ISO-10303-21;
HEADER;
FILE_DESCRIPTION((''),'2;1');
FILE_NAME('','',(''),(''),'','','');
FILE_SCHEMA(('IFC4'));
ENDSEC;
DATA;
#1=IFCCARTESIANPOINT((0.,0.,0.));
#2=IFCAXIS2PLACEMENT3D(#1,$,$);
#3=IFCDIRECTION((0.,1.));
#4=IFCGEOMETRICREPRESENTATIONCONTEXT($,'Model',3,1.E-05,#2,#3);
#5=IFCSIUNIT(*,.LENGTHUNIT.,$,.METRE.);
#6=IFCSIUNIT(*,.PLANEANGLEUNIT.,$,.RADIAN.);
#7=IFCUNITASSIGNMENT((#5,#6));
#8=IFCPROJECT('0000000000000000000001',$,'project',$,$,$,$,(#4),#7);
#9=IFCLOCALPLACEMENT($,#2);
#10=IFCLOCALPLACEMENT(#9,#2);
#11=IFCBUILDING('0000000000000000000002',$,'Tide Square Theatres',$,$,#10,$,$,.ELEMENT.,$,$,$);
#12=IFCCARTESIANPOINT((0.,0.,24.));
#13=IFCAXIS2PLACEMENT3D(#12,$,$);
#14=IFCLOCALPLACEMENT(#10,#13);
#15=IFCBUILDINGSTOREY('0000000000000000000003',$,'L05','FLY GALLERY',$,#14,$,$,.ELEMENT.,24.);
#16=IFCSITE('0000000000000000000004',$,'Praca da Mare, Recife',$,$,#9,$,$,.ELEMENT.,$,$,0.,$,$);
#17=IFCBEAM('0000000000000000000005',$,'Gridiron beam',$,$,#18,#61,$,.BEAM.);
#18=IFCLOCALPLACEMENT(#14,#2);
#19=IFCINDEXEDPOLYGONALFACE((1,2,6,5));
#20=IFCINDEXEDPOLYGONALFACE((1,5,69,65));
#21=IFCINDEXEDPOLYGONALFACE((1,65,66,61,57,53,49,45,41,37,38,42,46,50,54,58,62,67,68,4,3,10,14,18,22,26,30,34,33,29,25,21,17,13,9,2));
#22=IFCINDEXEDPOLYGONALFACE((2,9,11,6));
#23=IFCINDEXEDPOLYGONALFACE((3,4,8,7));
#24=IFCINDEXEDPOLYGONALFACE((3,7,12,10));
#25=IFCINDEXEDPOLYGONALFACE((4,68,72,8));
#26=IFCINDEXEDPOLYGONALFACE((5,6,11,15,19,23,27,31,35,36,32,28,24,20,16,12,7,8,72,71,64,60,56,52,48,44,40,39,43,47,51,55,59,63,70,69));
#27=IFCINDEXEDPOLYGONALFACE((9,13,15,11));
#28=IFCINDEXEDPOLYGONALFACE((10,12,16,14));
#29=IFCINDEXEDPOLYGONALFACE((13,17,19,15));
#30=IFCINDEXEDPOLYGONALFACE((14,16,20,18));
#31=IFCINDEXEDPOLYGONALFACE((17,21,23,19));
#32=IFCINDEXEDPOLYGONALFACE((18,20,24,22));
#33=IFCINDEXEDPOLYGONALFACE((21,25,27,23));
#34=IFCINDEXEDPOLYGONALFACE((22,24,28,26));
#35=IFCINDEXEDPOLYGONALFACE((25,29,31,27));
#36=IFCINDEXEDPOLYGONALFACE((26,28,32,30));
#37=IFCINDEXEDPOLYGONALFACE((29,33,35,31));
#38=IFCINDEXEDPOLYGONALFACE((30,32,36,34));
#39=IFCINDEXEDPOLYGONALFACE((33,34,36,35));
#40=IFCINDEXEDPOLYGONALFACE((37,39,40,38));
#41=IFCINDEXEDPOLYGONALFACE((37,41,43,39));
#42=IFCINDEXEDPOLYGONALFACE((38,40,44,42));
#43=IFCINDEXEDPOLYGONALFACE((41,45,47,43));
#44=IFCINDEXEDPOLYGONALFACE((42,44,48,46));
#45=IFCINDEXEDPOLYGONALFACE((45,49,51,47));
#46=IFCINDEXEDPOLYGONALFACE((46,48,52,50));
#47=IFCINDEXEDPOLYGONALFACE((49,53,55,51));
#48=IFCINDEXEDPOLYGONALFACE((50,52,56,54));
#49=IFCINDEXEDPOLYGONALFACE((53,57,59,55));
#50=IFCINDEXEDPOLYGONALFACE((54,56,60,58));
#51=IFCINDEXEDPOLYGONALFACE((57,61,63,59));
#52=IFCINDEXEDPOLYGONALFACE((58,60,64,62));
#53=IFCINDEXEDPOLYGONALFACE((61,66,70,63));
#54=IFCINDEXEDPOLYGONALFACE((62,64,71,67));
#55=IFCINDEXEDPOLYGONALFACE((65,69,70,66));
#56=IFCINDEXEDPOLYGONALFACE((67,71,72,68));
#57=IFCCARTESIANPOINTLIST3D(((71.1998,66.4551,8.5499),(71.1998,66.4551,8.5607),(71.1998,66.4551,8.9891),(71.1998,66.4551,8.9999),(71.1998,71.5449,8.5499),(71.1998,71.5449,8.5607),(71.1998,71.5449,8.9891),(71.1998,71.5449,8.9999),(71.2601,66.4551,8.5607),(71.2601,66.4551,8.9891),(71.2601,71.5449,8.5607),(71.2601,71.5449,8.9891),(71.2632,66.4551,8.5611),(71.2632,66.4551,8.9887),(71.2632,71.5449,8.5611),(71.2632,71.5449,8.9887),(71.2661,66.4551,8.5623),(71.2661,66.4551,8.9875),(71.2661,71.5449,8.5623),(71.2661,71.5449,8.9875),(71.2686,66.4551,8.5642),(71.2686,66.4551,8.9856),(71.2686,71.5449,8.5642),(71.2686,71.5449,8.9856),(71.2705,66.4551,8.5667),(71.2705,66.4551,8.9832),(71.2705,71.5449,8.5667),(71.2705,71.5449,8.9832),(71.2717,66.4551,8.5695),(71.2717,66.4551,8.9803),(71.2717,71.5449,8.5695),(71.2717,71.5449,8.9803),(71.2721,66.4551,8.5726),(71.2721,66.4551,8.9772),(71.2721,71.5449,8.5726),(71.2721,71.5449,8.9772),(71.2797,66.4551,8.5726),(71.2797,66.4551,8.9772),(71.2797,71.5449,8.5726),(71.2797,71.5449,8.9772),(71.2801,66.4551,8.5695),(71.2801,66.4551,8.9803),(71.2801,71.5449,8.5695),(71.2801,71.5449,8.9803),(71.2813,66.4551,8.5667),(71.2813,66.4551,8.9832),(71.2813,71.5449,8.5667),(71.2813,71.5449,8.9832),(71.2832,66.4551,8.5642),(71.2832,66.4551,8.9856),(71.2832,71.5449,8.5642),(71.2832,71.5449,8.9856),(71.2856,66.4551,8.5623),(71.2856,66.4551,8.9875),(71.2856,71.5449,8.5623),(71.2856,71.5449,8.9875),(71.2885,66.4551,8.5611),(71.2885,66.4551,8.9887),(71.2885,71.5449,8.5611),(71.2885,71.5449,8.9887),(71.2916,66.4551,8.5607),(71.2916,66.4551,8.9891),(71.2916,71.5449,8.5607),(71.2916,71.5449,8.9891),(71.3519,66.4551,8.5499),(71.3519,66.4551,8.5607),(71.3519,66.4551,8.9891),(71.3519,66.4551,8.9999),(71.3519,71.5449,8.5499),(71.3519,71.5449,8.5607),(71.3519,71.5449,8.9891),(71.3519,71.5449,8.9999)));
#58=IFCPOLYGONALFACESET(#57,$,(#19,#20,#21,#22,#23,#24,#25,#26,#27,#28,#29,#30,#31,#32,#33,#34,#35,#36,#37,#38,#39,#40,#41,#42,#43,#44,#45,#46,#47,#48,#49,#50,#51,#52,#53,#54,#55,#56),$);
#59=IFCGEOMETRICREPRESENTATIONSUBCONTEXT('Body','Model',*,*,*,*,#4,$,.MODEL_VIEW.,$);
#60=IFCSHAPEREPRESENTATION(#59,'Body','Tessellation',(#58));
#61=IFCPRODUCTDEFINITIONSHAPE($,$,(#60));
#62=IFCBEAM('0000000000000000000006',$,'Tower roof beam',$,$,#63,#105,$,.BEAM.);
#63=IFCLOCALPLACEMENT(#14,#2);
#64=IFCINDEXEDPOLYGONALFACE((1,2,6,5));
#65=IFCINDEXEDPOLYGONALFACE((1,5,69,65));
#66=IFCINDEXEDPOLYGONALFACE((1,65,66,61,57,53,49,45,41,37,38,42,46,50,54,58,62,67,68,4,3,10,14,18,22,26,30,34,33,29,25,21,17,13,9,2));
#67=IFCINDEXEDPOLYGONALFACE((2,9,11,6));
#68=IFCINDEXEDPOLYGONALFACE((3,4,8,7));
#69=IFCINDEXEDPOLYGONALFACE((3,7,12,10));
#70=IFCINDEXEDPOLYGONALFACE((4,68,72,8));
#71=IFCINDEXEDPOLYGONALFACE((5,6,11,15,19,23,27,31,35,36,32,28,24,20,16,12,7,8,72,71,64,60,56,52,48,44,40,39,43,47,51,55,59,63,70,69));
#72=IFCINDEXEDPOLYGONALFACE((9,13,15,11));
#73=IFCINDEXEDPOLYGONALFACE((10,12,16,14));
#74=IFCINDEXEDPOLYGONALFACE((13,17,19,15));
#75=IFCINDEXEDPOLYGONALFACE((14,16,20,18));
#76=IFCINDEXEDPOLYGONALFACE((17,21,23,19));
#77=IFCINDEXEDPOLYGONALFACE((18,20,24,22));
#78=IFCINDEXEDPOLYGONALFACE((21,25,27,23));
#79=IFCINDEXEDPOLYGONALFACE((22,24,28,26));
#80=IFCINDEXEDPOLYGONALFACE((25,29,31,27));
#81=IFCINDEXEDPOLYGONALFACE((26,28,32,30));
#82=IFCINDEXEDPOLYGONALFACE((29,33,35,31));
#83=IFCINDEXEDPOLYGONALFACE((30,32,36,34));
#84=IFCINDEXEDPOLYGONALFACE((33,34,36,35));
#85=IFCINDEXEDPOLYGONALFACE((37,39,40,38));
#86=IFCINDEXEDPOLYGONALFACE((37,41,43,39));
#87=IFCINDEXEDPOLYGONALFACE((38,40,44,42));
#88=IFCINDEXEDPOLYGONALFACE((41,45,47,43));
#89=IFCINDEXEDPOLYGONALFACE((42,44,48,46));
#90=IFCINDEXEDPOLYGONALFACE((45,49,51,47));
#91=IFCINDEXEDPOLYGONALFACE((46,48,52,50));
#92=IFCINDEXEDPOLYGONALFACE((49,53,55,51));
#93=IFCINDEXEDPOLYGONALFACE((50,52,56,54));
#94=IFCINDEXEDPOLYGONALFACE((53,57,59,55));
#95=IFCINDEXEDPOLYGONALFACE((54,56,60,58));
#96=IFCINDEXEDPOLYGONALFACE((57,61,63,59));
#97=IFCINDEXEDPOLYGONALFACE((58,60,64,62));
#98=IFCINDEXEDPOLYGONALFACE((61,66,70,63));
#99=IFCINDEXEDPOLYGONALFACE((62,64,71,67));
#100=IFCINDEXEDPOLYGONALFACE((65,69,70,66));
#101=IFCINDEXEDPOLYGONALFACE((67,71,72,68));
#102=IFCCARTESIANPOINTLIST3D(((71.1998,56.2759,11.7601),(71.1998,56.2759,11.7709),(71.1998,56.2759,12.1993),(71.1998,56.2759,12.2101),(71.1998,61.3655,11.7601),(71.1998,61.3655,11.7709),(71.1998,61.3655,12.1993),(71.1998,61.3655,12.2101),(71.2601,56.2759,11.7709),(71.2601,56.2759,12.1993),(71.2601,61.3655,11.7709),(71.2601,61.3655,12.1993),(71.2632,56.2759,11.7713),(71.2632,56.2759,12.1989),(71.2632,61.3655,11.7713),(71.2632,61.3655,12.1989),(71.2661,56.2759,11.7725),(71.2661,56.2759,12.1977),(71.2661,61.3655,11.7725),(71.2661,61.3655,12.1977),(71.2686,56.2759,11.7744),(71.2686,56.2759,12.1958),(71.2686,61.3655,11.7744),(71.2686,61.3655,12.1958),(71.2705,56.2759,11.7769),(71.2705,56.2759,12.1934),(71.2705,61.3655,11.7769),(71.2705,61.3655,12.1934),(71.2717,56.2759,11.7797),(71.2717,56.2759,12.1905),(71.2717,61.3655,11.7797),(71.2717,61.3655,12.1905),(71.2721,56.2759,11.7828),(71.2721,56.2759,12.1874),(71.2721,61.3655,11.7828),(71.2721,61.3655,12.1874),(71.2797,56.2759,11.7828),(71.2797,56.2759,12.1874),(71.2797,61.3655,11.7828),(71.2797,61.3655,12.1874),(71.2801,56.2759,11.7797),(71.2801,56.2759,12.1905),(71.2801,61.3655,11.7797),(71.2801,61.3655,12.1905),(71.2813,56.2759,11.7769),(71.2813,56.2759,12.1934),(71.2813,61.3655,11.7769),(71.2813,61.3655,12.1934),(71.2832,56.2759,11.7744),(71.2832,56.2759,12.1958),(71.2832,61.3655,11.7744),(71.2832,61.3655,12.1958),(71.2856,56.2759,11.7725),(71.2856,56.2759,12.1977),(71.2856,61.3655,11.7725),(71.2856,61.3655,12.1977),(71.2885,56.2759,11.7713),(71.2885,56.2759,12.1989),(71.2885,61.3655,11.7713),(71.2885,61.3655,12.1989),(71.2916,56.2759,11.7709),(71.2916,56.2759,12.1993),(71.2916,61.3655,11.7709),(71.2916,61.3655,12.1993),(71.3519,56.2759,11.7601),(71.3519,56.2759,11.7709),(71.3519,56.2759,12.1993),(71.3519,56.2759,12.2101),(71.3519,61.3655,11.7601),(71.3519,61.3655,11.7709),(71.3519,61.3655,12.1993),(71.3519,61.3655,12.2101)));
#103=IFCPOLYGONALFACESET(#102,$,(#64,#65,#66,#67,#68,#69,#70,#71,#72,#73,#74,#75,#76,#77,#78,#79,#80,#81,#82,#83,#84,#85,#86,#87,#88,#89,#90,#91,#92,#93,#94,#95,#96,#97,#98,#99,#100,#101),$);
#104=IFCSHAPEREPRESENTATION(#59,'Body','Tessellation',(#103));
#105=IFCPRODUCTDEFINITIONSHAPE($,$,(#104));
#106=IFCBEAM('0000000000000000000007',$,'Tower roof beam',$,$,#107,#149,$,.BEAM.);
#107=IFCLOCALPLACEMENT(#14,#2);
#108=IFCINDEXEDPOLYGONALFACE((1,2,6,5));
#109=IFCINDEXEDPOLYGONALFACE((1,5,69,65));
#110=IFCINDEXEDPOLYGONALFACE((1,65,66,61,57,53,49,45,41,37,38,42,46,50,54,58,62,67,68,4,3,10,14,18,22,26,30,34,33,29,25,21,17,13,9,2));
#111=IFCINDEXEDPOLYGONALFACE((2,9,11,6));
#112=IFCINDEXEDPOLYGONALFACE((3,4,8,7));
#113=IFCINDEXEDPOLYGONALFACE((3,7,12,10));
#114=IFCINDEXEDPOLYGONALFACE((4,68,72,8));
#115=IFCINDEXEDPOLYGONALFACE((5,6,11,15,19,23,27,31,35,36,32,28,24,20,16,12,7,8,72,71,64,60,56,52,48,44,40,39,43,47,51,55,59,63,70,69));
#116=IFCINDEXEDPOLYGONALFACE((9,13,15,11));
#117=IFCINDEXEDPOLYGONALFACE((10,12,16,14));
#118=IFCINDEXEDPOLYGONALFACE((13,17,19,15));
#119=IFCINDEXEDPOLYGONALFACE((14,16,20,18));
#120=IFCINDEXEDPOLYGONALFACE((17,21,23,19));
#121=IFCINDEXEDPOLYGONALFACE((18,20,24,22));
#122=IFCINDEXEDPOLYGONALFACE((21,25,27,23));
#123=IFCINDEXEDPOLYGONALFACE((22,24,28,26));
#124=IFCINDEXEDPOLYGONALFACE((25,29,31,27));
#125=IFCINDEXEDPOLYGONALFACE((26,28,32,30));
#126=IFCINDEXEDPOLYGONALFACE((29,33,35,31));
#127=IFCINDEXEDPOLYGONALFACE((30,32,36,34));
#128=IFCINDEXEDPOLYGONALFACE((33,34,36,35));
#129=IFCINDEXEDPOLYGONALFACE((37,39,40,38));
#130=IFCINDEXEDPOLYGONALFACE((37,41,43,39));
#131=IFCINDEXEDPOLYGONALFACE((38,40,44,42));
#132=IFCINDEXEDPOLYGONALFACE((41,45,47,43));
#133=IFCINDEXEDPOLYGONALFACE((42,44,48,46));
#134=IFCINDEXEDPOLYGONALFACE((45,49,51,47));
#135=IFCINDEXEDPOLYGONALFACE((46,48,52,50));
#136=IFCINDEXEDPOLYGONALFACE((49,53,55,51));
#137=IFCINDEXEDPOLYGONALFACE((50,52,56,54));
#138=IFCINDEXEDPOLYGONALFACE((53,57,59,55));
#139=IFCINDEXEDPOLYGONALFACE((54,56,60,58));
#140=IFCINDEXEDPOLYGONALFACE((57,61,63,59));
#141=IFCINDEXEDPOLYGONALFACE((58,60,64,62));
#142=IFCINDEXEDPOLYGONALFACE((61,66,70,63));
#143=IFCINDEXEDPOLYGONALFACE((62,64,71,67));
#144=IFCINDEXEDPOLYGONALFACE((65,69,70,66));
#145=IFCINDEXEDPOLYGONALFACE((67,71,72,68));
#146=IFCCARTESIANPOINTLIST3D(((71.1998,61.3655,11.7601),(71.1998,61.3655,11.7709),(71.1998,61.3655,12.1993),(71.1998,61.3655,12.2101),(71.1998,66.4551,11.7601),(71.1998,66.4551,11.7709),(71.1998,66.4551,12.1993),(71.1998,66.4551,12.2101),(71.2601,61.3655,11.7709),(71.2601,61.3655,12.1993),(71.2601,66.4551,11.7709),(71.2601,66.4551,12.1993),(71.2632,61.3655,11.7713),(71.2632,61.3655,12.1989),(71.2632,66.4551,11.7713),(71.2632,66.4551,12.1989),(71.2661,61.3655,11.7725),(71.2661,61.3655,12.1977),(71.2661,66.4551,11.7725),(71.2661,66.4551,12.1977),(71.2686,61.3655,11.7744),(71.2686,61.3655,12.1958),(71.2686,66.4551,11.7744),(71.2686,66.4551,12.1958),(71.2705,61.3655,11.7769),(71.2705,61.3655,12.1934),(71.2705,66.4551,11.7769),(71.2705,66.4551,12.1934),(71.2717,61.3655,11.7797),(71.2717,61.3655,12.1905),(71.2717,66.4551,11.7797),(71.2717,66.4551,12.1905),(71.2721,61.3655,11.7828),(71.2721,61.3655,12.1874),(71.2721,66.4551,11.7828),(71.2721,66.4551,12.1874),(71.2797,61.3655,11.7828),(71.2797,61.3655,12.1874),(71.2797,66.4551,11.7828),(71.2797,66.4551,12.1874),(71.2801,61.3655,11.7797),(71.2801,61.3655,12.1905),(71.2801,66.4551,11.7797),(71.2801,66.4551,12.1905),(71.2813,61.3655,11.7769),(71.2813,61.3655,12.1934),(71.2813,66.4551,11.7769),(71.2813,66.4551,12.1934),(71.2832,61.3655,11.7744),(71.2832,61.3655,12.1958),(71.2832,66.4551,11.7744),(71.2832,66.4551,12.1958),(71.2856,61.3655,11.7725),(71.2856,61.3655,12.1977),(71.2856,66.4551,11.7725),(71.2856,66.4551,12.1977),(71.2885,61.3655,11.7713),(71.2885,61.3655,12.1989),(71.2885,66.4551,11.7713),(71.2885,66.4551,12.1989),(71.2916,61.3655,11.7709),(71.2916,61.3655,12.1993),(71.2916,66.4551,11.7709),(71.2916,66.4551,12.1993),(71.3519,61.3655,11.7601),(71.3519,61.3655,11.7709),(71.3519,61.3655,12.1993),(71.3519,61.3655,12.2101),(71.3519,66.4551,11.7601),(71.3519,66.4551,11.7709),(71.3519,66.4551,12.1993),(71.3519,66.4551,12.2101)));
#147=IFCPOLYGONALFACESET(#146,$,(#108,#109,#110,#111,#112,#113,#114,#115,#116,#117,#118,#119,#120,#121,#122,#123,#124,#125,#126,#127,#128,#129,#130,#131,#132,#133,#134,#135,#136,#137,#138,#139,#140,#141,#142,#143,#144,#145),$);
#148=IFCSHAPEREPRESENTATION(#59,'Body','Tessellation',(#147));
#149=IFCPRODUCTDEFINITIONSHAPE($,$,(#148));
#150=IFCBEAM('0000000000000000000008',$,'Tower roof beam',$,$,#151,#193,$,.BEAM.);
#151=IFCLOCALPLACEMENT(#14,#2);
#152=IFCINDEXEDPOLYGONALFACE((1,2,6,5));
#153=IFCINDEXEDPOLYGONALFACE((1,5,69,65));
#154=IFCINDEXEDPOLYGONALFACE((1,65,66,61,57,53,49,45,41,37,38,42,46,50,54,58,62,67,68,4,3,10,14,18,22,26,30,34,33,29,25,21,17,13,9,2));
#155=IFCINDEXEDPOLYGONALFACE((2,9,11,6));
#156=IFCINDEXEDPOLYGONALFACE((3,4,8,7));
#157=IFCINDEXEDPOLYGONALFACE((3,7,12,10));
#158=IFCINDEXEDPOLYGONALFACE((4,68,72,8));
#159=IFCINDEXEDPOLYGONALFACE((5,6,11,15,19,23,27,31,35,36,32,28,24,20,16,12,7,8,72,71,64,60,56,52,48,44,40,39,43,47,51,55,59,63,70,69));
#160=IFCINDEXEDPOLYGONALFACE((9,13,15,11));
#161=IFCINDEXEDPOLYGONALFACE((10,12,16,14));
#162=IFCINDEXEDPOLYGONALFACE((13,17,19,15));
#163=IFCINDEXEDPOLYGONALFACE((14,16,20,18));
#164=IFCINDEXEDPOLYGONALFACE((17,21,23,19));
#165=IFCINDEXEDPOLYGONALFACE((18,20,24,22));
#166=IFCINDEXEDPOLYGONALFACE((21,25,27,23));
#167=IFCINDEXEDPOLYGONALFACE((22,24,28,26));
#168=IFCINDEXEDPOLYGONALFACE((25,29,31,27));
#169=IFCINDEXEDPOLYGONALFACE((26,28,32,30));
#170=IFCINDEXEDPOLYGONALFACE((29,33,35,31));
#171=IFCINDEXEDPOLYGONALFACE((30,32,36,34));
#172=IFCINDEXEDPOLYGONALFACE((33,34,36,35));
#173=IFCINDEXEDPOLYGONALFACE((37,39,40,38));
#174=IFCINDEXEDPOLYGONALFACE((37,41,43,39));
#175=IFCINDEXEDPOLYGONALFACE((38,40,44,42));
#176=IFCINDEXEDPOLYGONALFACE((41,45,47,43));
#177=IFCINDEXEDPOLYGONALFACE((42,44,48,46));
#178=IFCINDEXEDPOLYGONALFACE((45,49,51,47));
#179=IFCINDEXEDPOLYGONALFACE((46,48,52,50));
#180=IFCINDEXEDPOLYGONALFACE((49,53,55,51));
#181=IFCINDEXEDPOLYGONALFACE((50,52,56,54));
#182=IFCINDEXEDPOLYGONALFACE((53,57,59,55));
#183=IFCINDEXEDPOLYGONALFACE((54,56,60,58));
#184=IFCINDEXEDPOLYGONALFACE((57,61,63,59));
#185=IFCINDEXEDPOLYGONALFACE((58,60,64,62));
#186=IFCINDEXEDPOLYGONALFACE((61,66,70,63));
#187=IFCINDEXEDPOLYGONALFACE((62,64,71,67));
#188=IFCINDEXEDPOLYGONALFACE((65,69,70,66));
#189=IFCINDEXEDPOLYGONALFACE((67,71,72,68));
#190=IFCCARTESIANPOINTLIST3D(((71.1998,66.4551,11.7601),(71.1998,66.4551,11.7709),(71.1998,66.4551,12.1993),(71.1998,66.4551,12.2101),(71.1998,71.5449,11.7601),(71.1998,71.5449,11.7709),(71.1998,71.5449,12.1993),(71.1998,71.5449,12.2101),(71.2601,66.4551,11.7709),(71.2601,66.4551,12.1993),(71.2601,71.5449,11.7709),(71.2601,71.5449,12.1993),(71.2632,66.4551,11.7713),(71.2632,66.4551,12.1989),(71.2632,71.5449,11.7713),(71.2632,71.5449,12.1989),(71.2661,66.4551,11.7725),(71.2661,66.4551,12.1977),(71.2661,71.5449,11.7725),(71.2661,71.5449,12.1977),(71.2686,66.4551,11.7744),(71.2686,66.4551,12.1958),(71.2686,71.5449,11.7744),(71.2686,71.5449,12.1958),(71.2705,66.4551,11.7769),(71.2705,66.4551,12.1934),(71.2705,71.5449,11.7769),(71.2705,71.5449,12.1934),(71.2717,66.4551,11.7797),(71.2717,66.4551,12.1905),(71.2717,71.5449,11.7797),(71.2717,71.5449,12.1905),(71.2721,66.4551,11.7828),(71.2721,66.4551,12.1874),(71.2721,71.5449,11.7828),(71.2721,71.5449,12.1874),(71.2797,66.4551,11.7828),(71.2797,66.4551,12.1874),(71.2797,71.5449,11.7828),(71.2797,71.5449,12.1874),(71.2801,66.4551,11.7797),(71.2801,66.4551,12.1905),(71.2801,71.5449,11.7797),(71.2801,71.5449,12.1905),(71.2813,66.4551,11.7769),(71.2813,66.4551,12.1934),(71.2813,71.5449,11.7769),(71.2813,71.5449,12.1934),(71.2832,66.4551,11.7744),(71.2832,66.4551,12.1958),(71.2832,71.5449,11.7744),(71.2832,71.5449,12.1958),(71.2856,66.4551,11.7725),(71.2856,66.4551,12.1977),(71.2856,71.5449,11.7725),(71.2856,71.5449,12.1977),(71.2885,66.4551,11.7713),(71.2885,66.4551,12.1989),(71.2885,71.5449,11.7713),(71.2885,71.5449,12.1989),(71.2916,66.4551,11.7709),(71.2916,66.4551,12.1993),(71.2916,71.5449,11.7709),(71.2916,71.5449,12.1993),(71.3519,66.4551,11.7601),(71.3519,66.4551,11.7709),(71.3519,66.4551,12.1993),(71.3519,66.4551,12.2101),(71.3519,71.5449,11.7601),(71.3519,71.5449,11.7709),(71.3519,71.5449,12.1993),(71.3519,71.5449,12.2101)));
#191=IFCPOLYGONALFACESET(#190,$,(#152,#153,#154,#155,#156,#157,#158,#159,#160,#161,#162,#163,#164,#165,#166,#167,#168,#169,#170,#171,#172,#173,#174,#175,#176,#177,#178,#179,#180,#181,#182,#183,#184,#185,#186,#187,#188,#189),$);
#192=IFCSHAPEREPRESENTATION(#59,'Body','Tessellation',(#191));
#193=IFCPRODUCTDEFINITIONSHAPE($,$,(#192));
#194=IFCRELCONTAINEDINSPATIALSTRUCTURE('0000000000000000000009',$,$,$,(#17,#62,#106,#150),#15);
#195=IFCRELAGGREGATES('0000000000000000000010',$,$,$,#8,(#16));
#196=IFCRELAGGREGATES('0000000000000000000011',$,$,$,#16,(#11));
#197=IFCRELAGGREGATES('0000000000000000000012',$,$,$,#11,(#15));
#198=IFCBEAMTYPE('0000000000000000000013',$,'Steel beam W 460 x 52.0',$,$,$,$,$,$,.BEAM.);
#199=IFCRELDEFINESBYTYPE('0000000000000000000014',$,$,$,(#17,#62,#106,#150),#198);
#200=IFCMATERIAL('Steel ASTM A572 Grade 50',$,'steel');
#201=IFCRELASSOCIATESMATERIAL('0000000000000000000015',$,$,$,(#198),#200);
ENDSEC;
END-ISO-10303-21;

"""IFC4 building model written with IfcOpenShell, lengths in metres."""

from ifc_helpers import new_model, si_unit, direction, frame, origin, origin_2d, place, context, subcontext, project, spatial, i_section, extrude, material, material_profile, profile_set, type_object, element, save


model = new_model("IFC4")

# Units and contexts
model_context = context("Model", 3, precision=1e-05, world=origin(), true_north=direction((0.0, 1.0)))
body_context = subcontext(model_context, "Body", "Model", "MODEL_VIEW")
ifc_project = project(units=[si_unit("LENGTHUNIT", "METRE"), si_unit("PLANEANGLEUNIT", "RADIAN")], contexts=[model_context])

# Site, building, storey
site_placement = place(None, origin())
site = spatial("IfcSite", under=ifc_project, at=site_placement, Name="Praca da Mare, Recife", CompositionType="ELEMENT", RefElevation=0.0)
building_placement = place(site_placement, origin())
building = spatial("IfcBuilding", under=site, at=building_placement, Name="Tide Square Theatres", CompositionType="ELEMENT")
storey_placement = place(building_placement, frame((0.0, 0.0, 24.0)))
storey = spatial("IfcBuildingStorey", under=building, at=storey_placement, Name="L05", Description="FLY GALLERY", CompositionType="ELEMENT", Elevation=24.0)

# Beams
ifc_material_1 = material(Name="Steel ASTM A572 Grade 50", Category="steel")
ifc_material_profile_1 = material_profile(ifc_material_1, i_section(OverallWidth=0.1521, OverallDepth=0.45, WebThickness=0.0076, FlangeThickness=0.0107, FilletRadius=0.012, at=origin_2d()))
ifc_profile_set_1 = profile_set([ifc_material_profile_1], Name="Steel ASTM A572 Grade 50")
beam_type_1 = type_object("IfcBeamType", Name="Steel beam W 460 x 52.0", PredefinedType="BEAM", material=ifc_profile_set_1)
beam_1_placement = place(storey_placement, frame((71.2759, 66.4551, 8.7749), z_axis=(0.0, 1.0, 0.0), x_axis=(-1.0, 0.0, 0.0)))
element("IfcBeam", 1, at=beam_1_placement, inside=storey, type_object=beam_type_1, Name="Gridiron beam", PredefinedType="BEAM", context=body_context, shape_type="SweptSolid", body=[
    extrude(i_section(OverallWidth=0.1521, OverallDepth=0.45, WebThickness=0.0076, FlangeThickness=0.0107, FilletRadius=0.012, at=origin_2d()), origin(), (0.0, 0.0, 1.0), 5.0898),
])
for number, where, z_axis, x_axis, name in (
    (2, (71.2759, 56.2759, 11.9851), (0.0, 1.0, 0.0), (-1.0, 0.0, 0.0), "Tower roof beam"),
    (3, (71.2759, 61.3655, 11.9851), (0.0, 1.0, 0.0), (-1.0, 0.0, 0.0), "Tower roof beam"),
):
    element("IfcBeam", number, at=place(storey_placement, frame(where, z_axis=z_axis, x_axis=x_axis)), inside=storey, type_object=beam_type_1, Name=name, PredefinedType="BEAM", context=body_context, shape_type="SweptSolid", body=[
        extrude(i_section(OverallWidth=0.1521, OverallDepth=0.45, WebThickness=0.0076, FlangeThickness=0.0107, FilletRadius=0.012, at=origin_2d()), origin(), (0.0, 0.0, 1.0), 5.0896),
    ])
beam_2_placement = place(storey_placement, frame((71.2759, 66.4551, 11.9851), z_axis=(0.0, 1.0, 0.0), x_axis=(-1.0, 0.0, 0.0)))
element("IfcBeam", 4, at=beam_2_placement, inside=storey, type_object=beam_type_1, Name="Tower roof beam", PredefinedType="BEAM", context=body_context, shape_type="SweptSolid", body=[
    extrude(i_section(OverallWidth=0.1521, OverallDepth=0.45, WebThickness=0.0076, FlangeThickness=0.0107, FilletRadius=0.012, at=origin_2d()), origin(), (0.0, 0.0, 1.0), 5.0898),
])

save(model, "model.ifc")
